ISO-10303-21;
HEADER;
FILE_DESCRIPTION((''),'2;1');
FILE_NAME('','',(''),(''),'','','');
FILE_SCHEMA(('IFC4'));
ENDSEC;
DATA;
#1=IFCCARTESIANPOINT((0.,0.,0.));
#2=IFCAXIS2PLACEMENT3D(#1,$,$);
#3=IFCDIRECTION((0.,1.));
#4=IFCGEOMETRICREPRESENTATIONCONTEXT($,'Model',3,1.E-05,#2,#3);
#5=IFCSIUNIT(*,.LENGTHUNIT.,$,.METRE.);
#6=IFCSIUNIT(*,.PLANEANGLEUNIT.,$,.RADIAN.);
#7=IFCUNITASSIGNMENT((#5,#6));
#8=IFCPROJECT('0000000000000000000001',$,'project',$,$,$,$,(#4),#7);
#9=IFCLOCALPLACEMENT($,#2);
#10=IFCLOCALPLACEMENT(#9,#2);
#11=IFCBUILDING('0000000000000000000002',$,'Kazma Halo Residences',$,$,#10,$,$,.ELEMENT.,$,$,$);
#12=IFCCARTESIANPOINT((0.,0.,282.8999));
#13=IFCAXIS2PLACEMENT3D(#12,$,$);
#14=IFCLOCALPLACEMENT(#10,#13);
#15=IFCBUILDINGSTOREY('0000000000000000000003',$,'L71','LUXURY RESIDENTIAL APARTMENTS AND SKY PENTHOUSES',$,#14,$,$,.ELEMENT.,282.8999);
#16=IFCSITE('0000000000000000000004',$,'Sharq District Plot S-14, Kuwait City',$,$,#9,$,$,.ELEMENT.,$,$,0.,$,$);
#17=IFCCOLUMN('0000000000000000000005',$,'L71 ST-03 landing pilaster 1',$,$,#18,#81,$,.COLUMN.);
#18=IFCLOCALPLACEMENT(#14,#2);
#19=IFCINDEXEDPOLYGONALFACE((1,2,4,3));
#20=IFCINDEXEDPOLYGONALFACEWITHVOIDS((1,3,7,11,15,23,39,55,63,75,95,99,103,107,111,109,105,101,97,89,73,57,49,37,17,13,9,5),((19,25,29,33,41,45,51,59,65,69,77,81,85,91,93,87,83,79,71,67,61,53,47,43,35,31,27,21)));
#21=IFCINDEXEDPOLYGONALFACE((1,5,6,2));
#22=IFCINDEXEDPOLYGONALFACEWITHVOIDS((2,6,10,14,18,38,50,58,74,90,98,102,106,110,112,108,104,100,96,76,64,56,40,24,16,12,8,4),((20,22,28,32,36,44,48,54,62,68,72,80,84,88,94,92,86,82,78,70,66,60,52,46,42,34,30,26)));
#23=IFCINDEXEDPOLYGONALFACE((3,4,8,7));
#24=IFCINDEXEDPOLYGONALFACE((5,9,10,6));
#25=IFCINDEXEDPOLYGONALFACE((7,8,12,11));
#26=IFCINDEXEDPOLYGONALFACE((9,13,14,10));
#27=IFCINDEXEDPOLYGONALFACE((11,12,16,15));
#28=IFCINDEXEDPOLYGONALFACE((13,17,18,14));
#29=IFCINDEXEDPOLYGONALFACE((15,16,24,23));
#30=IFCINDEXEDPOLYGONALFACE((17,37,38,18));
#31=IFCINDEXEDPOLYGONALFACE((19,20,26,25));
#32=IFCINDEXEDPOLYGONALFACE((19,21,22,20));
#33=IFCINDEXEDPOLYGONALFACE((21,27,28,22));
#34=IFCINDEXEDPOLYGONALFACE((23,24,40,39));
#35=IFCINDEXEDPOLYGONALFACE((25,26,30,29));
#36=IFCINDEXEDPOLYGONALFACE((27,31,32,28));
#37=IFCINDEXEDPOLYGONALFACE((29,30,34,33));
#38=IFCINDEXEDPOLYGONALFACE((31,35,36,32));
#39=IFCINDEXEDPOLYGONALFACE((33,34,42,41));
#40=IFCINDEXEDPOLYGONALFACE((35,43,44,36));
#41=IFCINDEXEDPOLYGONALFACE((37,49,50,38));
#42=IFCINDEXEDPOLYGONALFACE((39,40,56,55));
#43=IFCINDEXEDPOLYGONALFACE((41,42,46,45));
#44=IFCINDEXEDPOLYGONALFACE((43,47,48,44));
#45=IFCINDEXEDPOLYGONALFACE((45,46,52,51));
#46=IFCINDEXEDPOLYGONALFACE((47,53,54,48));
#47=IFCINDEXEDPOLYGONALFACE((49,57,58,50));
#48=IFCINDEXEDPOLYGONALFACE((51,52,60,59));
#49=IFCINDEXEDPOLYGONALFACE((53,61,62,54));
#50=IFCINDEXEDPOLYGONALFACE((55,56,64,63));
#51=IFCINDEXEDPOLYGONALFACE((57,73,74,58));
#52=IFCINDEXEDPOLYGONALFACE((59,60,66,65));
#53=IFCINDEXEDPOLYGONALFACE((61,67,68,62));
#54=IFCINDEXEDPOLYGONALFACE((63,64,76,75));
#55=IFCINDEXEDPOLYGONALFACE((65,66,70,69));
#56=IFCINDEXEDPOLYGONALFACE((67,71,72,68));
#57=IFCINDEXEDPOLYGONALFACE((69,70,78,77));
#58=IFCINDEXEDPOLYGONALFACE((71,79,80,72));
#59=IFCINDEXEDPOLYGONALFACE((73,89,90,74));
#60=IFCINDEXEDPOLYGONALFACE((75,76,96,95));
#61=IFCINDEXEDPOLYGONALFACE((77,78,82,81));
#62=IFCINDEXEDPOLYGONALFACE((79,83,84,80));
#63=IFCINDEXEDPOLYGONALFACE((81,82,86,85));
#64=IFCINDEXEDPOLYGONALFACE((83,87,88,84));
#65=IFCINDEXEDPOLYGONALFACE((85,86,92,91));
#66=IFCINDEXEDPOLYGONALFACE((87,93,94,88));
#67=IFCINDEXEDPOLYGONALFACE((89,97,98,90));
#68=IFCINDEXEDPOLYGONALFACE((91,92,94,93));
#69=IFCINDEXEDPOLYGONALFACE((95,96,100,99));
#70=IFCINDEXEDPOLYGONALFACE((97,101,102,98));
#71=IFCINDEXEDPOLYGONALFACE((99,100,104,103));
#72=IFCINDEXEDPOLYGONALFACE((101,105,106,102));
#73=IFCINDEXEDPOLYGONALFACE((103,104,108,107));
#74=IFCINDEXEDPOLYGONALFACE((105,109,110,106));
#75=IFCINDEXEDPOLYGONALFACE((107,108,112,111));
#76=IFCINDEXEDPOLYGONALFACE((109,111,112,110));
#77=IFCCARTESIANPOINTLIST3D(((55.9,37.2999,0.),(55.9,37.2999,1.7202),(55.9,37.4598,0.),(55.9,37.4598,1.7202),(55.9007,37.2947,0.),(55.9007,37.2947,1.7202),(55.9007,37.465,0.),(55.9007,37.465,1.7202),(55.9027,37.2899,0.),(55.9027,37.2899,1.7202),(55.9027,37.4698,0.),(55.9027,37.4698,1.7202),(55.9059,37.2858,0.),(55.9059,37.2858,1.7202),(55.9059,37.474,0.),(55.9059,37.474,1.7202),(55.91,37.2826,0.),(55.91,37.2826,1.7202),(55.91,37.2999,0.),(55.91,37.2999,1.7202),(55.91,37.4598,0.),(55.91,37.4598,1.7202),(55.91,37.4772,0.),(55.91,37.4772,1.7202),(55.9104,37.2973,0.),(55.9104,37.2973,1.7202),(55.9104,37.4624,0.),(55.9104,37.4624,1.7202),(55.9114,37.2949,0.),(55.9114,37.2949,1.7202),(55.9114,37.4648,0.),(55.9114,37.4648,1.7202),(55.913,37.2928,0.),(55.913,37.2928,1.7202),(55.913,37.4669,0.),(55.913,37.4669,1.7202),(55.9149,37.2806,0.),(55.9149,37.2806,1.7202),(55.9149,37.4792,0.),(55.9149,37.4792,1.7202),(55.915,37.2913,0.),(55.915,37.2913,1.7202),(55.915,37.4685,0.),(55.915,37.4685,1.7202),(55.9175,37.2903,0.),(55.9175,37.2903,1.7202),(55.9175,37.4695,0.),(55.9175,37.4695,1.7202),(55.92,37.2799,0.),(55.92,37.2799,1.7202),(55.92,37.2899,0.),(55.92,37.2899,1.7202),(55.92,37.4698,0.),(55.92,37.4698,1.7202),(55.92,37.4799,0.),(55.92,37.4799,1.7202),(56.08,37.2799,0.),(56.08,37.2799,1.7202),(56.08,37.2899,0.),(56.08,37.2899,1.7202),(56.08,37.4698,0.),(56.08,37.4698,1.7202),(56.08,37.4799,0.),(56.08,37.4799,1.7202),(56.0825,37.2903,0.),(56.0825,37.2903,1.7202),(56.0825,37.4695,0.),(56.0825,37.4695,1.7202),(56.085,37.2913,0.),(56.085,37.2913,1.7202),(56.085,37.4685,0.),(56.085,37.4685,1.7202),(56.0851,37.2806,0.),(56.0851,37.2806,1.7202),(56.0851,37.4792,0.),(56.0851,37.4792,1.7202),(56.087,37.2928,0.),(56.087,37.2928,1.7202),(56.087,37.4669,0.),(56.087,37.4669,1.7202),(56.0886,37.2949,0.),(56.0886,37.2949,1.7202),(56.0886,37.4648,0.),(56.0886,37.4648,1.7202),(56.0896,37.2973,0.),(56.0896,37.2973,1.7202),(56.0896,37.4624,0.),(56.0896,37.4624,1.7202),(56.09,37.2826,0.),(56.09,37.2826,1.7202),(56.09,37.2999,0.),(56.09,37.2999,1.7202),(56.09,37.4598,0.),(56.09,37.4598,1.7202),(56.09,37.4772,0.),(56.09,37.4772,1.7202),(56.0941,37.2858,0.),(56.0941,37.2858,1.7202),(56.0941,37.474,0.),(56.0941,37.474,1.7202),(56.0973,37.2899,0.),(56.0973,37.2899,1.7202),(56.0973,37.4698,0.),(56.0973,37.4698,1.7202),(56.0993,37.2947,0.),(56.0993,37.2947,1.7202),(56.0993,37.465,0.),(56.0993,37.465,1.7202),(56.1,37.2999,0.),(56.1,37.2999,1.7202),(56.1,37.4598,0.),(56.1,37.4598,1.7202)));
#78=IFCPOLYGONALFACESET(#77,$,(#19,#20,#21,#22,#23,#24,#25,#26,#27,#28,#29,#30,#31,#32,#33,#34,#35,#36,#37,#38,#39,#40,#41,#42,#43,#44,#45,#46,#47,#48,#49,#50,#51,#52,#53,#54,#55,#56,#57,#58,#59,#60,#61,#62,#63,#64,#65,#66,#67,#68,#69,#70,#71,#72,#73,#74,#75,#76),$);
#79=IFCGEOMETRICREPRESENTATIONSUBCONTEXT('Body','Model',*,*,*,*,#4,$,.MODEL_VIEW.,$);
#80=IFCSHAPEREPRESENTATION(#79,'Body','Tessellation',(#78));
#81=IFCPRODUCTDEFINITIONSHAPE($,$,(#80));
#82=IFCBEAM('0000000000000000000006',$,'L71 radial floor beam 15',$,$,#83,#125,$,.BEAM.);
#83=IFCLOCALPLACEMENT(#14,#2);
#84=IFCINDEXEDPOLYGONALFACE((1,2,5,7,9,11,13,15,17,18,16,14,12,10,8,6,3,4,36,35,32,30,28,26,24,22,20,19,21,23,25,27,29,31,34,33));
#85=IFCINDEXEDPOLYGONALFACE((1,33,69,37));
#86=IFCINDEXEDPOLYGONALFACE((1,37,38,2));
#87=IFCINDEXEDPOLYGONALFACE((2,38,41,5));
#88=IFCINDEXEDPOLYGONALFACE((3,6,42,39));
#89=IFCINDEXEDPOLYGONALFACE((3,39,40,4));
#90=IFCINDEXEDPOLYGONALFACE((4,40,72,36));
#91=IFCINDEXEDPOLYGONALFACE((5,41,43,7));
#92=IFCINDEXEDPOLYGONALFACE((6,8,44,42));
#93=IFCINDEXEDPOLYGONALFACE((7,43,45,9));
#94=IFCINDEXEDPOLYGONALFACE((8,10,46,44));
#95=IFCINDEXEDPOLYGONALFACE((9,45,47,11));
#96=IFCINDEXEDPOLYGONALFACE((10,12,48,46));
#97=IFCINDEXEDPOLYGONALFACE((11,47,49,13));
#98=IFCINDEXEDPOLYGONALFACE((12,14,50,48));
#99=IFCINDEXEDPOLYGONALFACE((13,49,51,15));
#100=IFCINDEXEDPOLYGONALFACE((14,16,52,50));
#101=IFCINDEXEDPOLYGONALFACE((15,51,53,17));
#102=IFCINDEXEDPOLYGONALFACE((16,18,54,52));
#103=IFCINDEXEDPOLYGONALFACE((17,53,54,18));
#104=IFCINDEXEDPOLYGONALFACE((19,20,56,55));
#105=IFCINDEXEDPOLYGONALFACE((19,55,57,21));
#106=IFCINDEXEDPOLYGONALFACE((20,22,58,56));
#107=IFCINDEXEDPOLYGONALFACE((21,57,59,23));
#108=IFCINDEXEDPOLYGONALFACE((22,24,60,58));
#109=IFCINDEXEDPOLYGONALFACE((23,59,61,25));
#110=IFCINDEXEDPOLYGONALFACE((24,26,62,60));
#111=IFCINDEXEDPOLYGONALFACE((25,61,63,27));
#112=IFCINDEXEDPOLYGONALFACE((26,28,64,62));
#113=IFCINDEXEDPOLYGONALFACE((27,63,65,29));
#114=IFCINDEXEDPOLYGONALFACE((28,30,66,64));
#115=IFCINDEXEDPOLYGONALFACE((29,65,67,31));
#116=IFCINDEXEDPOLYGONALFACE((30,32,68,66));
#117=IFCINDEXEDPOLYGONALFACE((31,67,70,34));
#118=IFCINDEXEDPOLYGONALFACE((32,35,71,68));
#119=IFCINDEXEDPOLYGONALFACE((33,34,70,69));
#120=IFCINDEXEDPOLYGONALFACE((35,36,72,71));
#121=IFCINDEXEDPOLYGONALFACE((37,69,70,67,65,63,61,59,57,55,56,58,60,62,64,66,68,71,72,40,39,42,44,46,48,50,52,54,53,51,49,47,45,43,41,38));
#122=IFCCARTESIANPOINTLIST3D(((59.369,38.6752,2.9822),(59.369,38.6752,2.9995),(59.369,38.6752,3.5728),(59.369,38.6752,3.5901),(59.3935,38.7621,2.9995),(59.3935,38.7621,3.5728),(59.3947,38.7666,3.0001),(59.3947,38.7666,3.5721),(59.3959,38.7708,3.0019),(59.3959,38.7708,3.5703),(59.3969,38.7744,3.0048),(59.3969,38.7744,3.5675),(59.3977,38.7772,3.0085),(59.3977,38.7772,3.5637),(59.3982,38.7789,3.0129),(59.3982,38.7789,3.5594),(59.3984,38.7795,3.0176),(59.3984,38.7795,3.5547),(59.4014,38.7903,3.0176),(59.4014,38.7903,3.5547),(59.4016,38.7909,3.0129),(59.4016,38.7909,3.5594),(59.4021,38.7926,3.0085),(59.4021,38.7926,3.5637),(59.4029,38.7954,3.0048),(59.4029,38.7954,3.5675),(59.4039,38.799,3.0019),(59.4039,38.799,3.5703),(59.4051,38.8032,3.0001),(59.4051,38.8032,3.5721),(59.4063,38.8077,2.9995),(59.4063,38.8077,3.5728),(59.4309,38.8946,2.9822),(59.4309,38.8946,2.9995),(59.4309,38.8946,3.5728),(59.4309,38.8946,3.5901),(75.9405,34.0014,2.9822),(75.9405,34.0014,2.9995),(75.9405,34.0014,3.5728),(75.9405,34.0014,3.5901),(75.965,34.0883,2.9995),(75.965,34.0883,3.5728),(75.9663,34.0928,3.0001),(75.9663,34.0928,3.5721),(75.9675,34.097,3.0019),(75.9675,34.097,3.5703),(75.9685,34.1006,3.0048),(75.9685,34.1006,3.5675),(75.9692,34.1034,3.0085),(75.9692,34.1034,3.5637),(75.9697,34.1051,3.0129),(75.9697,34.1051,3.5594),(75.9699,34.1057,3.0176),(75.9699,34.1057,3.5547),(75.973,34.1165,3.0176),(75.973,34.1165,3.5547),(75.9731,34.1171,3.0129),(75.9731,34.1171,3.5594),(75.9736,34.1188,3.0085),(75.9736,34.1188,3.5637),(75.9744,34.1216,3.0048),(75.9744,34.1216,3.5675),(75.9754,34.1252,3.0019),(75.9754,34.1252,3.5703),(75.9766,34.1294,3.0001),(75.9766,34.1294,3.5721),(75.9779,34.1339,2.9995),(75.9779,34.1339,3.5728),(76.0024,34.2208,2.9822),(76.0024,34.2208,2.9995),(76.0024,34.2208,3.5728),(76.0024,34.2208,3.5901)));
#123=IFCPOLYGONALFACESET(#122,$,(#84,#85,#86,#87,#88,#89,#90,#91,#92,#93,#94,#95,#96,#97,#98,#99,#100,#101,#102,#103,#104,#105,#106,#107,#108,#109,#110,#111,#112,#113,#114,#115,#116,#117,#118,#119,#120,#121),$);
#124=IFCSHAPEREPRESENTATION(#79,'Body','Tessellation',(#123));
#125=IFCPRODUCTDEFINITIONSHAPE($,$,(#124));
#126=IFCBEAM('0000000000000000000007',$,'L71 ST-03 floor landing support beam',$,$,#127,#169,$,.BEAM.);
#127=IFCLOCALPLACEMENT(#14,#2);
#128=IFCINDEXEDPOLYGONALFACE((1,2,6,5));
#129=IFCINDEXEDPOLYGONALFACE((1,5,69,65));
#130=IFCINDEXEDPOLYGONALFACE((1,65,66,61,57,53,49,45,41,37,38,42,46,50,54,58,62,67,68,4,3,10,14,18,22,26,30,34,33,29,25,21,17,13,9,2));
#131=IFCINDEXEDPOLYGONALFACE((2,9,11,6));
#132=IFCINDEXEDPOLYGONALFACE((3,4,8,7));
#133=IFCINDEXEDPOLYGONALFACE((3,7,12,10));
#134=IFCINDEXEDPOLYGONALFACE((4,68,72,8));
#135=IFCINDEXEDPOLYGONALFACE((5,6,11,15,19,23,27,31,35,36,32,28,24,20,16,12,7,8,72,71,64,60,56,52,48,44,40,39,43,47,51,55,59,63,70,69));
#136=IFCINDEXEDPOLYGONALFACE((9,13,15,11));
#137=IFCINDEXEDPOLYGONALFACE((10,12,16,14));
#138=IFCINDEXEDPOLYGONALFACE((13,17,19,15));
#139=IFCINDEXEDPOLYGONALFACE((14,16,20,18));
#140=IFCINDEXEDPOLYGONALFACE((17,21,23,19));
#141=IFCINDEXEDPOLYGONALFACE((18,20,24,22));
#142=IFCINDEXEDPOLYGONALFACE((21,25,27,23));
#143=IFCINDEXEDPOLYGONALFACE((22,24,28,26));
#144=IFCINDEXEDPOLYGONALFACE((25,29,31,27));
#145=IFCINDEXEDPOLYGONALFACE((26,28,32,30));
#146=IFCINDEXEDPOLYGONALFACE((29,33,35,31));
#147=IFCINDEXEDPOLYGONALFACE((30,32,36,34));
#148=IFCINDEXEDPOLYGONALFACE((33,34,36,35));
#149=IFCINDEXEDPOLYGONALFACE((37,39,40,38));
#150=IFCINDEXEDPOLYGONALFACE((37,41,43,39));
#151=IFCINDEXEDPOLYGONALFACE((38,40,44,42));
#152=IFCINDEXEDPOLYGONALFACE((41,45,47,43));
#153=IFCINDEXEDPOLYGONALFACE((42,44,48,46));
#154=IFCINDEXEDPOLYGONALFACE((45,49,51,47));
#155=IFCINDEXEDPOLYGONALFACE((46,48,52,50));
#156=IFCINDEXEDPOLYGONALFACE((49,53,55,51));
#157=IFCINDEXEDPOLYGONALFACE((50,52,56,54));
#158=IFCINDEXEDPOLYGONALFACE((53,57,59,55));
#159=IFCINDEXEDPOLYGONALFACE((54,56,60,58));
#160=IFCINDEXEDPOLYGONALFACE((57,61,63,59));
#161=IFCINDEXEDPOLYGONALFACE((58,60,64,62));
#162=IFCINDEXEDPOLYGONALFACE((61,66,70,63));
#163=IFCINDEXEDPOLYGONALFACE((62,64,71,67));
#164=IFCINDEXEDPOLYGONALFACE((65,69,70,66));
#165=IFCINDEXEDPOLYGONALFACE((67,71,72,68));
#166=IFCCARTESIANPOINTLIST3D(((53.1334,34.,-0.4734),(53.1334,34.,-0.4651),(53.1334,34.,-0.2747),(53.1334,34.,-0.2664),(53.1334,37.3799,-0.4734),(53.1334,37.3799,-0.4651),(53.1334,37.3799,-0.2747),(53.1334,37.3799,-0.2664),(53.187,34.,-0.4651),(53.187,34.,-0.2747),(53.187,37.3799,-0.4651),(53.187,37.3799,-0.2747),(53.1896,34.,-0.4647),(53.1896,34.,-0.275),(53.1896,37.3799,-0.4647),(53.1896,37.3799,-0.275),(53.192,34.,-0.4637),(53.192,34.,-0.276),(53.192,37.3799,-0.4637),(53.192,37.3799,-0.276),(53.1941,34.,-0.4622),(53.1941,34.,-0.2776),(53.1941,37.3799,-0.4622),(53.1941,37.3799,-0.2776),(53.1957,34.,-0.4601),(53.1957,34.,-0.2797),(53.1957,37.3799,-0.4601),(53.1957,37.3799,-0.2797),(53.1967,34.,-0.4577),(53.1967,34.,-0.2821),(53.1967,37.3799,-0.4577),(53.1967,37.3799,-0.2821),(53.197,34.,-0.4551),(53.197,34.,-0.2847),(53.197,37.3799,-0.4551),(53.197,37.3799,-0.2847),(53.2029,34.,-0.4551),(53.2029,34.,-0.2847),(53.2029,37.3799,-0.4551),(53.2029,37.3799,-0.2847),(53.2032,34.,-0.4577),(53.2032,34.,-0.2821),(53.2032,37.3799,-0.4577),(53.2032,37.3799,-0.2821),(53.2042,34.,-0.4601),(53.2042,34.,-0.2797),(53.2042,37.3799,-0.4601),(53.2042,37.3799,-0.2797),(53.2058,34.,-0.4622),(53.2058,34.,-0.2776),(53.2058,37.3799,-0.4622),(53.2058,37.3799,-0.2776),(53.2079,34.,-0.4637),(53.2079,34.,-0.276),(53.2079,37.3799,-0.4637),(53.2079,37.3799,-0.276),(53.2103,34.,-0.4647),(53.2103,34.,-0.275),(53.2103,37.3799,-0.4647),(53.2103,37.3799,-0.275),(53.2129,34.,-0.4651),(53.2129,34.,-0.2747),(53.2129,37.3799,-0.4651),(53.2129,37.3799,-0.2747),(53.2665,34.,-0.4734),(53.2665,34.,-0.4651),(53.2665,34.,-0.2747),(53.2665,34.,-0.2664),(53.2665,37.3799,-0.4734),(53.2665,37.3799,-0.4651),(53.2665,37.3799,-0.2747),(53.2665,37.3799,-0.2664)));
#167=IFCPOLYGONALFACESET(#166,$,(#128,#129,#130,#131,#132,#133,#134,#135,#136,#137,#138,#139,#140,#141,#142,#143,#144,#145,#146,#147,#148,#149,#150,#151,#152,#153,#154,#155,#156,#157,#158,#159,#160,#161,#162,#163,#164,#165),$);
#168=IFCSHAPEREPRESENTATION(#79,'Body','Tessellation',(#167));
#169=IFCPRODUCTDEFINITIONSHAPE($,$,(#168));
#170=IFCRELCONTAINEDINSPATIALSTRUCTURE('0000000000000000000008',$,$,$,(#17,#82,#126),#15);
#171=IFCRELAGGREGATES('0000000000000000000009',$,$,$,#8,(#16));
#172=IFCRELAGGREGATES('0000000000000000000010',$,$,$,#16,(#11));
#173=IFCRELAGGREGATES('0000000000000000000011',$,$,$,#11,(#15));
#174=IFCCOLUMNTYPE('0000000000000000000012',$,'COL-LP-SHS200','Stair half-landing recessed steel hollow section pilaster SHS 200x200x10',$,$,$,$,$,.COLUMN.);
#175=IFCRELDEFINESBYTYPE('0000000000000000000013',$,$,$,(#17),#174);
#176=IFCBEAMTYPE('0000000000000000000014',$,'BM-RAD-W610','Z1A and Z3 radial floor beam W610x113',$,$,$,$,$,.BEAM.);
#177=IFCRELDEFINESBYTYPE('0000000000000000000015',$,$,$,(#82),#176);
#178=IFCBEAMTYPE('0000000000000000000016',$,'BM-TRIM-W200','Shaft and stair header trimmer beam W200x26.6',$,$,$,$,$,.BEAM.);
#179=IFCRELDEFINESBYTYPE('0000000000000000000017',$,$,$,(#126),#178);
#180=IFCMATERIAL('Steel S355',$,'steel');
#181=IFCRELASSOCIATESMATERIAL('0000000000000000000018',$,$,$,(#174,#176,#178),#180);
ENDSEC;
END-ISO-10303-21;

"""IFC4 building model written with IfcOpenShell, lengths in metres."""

from ifc_helpers import new_model, si_unit, direction, frame, origin, origin_2d, place, context, subcontext, project, spatial, hollow_rectangle, i_section, extrude, material, material_profile, profile_set, type_object, element, save


model = new_model("IFC4")

# Units and contexts
model_context = context("Model", 3, precision=1e-05, world=origin(), true_north=direction((0.0, 1.0)))
body_context = subcontext(model_context, "Body", "Model", "MODEL_VIEW")
ifc_project = project(units=[si_unit("LENGTHUNIT", "METRE"), si_unit("PLANEANGLEUNIT", "RADIAN")], contexts=[model_context])

# Site, building, storey
site_placement = place(None, origin())
site = spatial("IfcSite", under=ifc_project, at=site_placement, Name="Sharq District Plot S-14, Kuwait City", CompositionType="ELEMENT", RefElevation=0.0)
building_placement = place(site_placement, origin())
building = spatial("IfcBuilding", under=site, at=building_placement, Name="Kazma Halo Residences", CompositionType="ELEMENT")
storey_placement = place(building_placement, frame((0.0, 0.0, 282.8999)))
storey = spatial("IfcBuildingStorey", under=building, at=storey_placement, Name="L71", Description="LUXURY RESIDENTIAL APARTMENTS AND SKY PENTHOUSES", CompositionType="ELEMENT", Elevation=282.8999)

# Column
ifc_material_1 = material(Name="Steel S355", Category="steel")
ifc_material_profile_1 = material_profile(ifc_material_1, hollow_rectangle(XDim=0.2, YDim=0.2, WallThickness=0.01, InnerFilletRadius=0.01, OuterFilletRadius=0.02, at=origin_2d()), Name="SHS200x200x10")
ifc_profile_set_1 = profile_set([ifc_material_profile_1], Name="Steel S355")
column_type = type_object("IfcColumnType", Name="COL-LP-SHS200", Description="Stair half-landing recessed steel hollow section pilaster SHS 200x200x10", PredefinedType="COLUMN", material=ifc_profile_set_1)
column_placement = place(storey_placement, frame((56.0, 37.3799, 0.0), z_axis=(0.0, 0.0, 1.0), x_axis=(1.0, 0.0, 0.0)))
element("IfcColumn", 1, at=column_placement, inside=storey, type_object=column_type, Name="L71 ST-03 landing pilaster 1", PredefinedType="COLUMN", context=body_context, shape_type="SweptSolid", body=[
    extrude(hollow_rectangle(XDim=0.2, YDim=0.2, WallThickness=0.01, InnerFilletRadius=0.01, OuterFilletRadius=0.02, at=origin_2d()), origin(), (0.0, 0.0, 1.0), 1.7202),
])

# Beams
ifc_material_profile_2 = material_profile(ifc_material_1, i_section(OverallWidth=0.228, OverallDepth=0.6079, WebThickness=0.0112, FlangeThickness=0.0173, FilletRadius=0.0181, at=origin_2d()), Name="W610x113")
ifc_profile_set_2 = profile_set([ifc_material_profile_2], Name="Steel S355")
beam_type_1 = type_object("IfcBeamType", Name="BM-RAD-W610", Description="Z1A and Z3 radial floor beam W610x113", PredefinedType="BEAM", material=ifc_profile_set_2)
beam_1_placement = place(storey_placement, frame((59.3999, 38.7849, 3.2861), z_axis=(0.962453, -0.27145, 0.0), x_axis=(0.27145, 0.962453, 0.0)))
element("IfcBeam", 2, at=beam_1_placement, inside=storey, type_object=beam_type_1, Name="L71 radial floor beam 15", PredefinedType="BEAM", context=body_context, shape_type="SweptSolid", body=[
    extrude(i_section(OverallWidth=0.228, OverallDepth=0.6079, WebThickness=0.0112, FlangeThickness=0.0173, FilletRadius=0.0181, at=origin_2d()), origin(), (0.0, 0.0, 1.0), 17.218),
])
ifc_material_profile_3 = material_profile(ifc_material_1, i_section(OverallWidth=0.1331, OverallDepth=0.207, WebThickness=0.0059, FlangeThickness=0.0083, FilletRadius=0.01, at=origin_2d()), Name="W200x26.6")
ifc_profile_set_3 = profile_set([ifc_material_profile_3], Name="Steel S355")
beam_type_2 = type_object("IfcBeamType", Name="BM-TRIM-W200", Description="Shaft and stair header trimmer beam W200x26.6", PredefinedType="BEAM", material=ifc_profile_set_3)
beam_2_placement = place(storey_placement, frame((53.2, 34.0, -0.3699), z_axis=(0.0, 1.0, 0.0), x_axis=(-1.0, 0.0, 0.0)))
element("IfcBeam", 3, at=beam_2_placement, inside=storey, type_object=beam_type_2, Name="L71 ST-03 floor landing support beam", PredefinedType="BEAM", context=body_context, shape_type="SweptSolid", body=[
    extrude(i_section(OverallWidth=0.1331, OverallDepth=0.207, WebThickness=0.0059, FlangeThickness=0.0083, FilletRadius=0.01, at=origin_2d()), origin(), (0.0, 0.0, 1.0), 3.3799),
])

save(model, "model.ifc")
